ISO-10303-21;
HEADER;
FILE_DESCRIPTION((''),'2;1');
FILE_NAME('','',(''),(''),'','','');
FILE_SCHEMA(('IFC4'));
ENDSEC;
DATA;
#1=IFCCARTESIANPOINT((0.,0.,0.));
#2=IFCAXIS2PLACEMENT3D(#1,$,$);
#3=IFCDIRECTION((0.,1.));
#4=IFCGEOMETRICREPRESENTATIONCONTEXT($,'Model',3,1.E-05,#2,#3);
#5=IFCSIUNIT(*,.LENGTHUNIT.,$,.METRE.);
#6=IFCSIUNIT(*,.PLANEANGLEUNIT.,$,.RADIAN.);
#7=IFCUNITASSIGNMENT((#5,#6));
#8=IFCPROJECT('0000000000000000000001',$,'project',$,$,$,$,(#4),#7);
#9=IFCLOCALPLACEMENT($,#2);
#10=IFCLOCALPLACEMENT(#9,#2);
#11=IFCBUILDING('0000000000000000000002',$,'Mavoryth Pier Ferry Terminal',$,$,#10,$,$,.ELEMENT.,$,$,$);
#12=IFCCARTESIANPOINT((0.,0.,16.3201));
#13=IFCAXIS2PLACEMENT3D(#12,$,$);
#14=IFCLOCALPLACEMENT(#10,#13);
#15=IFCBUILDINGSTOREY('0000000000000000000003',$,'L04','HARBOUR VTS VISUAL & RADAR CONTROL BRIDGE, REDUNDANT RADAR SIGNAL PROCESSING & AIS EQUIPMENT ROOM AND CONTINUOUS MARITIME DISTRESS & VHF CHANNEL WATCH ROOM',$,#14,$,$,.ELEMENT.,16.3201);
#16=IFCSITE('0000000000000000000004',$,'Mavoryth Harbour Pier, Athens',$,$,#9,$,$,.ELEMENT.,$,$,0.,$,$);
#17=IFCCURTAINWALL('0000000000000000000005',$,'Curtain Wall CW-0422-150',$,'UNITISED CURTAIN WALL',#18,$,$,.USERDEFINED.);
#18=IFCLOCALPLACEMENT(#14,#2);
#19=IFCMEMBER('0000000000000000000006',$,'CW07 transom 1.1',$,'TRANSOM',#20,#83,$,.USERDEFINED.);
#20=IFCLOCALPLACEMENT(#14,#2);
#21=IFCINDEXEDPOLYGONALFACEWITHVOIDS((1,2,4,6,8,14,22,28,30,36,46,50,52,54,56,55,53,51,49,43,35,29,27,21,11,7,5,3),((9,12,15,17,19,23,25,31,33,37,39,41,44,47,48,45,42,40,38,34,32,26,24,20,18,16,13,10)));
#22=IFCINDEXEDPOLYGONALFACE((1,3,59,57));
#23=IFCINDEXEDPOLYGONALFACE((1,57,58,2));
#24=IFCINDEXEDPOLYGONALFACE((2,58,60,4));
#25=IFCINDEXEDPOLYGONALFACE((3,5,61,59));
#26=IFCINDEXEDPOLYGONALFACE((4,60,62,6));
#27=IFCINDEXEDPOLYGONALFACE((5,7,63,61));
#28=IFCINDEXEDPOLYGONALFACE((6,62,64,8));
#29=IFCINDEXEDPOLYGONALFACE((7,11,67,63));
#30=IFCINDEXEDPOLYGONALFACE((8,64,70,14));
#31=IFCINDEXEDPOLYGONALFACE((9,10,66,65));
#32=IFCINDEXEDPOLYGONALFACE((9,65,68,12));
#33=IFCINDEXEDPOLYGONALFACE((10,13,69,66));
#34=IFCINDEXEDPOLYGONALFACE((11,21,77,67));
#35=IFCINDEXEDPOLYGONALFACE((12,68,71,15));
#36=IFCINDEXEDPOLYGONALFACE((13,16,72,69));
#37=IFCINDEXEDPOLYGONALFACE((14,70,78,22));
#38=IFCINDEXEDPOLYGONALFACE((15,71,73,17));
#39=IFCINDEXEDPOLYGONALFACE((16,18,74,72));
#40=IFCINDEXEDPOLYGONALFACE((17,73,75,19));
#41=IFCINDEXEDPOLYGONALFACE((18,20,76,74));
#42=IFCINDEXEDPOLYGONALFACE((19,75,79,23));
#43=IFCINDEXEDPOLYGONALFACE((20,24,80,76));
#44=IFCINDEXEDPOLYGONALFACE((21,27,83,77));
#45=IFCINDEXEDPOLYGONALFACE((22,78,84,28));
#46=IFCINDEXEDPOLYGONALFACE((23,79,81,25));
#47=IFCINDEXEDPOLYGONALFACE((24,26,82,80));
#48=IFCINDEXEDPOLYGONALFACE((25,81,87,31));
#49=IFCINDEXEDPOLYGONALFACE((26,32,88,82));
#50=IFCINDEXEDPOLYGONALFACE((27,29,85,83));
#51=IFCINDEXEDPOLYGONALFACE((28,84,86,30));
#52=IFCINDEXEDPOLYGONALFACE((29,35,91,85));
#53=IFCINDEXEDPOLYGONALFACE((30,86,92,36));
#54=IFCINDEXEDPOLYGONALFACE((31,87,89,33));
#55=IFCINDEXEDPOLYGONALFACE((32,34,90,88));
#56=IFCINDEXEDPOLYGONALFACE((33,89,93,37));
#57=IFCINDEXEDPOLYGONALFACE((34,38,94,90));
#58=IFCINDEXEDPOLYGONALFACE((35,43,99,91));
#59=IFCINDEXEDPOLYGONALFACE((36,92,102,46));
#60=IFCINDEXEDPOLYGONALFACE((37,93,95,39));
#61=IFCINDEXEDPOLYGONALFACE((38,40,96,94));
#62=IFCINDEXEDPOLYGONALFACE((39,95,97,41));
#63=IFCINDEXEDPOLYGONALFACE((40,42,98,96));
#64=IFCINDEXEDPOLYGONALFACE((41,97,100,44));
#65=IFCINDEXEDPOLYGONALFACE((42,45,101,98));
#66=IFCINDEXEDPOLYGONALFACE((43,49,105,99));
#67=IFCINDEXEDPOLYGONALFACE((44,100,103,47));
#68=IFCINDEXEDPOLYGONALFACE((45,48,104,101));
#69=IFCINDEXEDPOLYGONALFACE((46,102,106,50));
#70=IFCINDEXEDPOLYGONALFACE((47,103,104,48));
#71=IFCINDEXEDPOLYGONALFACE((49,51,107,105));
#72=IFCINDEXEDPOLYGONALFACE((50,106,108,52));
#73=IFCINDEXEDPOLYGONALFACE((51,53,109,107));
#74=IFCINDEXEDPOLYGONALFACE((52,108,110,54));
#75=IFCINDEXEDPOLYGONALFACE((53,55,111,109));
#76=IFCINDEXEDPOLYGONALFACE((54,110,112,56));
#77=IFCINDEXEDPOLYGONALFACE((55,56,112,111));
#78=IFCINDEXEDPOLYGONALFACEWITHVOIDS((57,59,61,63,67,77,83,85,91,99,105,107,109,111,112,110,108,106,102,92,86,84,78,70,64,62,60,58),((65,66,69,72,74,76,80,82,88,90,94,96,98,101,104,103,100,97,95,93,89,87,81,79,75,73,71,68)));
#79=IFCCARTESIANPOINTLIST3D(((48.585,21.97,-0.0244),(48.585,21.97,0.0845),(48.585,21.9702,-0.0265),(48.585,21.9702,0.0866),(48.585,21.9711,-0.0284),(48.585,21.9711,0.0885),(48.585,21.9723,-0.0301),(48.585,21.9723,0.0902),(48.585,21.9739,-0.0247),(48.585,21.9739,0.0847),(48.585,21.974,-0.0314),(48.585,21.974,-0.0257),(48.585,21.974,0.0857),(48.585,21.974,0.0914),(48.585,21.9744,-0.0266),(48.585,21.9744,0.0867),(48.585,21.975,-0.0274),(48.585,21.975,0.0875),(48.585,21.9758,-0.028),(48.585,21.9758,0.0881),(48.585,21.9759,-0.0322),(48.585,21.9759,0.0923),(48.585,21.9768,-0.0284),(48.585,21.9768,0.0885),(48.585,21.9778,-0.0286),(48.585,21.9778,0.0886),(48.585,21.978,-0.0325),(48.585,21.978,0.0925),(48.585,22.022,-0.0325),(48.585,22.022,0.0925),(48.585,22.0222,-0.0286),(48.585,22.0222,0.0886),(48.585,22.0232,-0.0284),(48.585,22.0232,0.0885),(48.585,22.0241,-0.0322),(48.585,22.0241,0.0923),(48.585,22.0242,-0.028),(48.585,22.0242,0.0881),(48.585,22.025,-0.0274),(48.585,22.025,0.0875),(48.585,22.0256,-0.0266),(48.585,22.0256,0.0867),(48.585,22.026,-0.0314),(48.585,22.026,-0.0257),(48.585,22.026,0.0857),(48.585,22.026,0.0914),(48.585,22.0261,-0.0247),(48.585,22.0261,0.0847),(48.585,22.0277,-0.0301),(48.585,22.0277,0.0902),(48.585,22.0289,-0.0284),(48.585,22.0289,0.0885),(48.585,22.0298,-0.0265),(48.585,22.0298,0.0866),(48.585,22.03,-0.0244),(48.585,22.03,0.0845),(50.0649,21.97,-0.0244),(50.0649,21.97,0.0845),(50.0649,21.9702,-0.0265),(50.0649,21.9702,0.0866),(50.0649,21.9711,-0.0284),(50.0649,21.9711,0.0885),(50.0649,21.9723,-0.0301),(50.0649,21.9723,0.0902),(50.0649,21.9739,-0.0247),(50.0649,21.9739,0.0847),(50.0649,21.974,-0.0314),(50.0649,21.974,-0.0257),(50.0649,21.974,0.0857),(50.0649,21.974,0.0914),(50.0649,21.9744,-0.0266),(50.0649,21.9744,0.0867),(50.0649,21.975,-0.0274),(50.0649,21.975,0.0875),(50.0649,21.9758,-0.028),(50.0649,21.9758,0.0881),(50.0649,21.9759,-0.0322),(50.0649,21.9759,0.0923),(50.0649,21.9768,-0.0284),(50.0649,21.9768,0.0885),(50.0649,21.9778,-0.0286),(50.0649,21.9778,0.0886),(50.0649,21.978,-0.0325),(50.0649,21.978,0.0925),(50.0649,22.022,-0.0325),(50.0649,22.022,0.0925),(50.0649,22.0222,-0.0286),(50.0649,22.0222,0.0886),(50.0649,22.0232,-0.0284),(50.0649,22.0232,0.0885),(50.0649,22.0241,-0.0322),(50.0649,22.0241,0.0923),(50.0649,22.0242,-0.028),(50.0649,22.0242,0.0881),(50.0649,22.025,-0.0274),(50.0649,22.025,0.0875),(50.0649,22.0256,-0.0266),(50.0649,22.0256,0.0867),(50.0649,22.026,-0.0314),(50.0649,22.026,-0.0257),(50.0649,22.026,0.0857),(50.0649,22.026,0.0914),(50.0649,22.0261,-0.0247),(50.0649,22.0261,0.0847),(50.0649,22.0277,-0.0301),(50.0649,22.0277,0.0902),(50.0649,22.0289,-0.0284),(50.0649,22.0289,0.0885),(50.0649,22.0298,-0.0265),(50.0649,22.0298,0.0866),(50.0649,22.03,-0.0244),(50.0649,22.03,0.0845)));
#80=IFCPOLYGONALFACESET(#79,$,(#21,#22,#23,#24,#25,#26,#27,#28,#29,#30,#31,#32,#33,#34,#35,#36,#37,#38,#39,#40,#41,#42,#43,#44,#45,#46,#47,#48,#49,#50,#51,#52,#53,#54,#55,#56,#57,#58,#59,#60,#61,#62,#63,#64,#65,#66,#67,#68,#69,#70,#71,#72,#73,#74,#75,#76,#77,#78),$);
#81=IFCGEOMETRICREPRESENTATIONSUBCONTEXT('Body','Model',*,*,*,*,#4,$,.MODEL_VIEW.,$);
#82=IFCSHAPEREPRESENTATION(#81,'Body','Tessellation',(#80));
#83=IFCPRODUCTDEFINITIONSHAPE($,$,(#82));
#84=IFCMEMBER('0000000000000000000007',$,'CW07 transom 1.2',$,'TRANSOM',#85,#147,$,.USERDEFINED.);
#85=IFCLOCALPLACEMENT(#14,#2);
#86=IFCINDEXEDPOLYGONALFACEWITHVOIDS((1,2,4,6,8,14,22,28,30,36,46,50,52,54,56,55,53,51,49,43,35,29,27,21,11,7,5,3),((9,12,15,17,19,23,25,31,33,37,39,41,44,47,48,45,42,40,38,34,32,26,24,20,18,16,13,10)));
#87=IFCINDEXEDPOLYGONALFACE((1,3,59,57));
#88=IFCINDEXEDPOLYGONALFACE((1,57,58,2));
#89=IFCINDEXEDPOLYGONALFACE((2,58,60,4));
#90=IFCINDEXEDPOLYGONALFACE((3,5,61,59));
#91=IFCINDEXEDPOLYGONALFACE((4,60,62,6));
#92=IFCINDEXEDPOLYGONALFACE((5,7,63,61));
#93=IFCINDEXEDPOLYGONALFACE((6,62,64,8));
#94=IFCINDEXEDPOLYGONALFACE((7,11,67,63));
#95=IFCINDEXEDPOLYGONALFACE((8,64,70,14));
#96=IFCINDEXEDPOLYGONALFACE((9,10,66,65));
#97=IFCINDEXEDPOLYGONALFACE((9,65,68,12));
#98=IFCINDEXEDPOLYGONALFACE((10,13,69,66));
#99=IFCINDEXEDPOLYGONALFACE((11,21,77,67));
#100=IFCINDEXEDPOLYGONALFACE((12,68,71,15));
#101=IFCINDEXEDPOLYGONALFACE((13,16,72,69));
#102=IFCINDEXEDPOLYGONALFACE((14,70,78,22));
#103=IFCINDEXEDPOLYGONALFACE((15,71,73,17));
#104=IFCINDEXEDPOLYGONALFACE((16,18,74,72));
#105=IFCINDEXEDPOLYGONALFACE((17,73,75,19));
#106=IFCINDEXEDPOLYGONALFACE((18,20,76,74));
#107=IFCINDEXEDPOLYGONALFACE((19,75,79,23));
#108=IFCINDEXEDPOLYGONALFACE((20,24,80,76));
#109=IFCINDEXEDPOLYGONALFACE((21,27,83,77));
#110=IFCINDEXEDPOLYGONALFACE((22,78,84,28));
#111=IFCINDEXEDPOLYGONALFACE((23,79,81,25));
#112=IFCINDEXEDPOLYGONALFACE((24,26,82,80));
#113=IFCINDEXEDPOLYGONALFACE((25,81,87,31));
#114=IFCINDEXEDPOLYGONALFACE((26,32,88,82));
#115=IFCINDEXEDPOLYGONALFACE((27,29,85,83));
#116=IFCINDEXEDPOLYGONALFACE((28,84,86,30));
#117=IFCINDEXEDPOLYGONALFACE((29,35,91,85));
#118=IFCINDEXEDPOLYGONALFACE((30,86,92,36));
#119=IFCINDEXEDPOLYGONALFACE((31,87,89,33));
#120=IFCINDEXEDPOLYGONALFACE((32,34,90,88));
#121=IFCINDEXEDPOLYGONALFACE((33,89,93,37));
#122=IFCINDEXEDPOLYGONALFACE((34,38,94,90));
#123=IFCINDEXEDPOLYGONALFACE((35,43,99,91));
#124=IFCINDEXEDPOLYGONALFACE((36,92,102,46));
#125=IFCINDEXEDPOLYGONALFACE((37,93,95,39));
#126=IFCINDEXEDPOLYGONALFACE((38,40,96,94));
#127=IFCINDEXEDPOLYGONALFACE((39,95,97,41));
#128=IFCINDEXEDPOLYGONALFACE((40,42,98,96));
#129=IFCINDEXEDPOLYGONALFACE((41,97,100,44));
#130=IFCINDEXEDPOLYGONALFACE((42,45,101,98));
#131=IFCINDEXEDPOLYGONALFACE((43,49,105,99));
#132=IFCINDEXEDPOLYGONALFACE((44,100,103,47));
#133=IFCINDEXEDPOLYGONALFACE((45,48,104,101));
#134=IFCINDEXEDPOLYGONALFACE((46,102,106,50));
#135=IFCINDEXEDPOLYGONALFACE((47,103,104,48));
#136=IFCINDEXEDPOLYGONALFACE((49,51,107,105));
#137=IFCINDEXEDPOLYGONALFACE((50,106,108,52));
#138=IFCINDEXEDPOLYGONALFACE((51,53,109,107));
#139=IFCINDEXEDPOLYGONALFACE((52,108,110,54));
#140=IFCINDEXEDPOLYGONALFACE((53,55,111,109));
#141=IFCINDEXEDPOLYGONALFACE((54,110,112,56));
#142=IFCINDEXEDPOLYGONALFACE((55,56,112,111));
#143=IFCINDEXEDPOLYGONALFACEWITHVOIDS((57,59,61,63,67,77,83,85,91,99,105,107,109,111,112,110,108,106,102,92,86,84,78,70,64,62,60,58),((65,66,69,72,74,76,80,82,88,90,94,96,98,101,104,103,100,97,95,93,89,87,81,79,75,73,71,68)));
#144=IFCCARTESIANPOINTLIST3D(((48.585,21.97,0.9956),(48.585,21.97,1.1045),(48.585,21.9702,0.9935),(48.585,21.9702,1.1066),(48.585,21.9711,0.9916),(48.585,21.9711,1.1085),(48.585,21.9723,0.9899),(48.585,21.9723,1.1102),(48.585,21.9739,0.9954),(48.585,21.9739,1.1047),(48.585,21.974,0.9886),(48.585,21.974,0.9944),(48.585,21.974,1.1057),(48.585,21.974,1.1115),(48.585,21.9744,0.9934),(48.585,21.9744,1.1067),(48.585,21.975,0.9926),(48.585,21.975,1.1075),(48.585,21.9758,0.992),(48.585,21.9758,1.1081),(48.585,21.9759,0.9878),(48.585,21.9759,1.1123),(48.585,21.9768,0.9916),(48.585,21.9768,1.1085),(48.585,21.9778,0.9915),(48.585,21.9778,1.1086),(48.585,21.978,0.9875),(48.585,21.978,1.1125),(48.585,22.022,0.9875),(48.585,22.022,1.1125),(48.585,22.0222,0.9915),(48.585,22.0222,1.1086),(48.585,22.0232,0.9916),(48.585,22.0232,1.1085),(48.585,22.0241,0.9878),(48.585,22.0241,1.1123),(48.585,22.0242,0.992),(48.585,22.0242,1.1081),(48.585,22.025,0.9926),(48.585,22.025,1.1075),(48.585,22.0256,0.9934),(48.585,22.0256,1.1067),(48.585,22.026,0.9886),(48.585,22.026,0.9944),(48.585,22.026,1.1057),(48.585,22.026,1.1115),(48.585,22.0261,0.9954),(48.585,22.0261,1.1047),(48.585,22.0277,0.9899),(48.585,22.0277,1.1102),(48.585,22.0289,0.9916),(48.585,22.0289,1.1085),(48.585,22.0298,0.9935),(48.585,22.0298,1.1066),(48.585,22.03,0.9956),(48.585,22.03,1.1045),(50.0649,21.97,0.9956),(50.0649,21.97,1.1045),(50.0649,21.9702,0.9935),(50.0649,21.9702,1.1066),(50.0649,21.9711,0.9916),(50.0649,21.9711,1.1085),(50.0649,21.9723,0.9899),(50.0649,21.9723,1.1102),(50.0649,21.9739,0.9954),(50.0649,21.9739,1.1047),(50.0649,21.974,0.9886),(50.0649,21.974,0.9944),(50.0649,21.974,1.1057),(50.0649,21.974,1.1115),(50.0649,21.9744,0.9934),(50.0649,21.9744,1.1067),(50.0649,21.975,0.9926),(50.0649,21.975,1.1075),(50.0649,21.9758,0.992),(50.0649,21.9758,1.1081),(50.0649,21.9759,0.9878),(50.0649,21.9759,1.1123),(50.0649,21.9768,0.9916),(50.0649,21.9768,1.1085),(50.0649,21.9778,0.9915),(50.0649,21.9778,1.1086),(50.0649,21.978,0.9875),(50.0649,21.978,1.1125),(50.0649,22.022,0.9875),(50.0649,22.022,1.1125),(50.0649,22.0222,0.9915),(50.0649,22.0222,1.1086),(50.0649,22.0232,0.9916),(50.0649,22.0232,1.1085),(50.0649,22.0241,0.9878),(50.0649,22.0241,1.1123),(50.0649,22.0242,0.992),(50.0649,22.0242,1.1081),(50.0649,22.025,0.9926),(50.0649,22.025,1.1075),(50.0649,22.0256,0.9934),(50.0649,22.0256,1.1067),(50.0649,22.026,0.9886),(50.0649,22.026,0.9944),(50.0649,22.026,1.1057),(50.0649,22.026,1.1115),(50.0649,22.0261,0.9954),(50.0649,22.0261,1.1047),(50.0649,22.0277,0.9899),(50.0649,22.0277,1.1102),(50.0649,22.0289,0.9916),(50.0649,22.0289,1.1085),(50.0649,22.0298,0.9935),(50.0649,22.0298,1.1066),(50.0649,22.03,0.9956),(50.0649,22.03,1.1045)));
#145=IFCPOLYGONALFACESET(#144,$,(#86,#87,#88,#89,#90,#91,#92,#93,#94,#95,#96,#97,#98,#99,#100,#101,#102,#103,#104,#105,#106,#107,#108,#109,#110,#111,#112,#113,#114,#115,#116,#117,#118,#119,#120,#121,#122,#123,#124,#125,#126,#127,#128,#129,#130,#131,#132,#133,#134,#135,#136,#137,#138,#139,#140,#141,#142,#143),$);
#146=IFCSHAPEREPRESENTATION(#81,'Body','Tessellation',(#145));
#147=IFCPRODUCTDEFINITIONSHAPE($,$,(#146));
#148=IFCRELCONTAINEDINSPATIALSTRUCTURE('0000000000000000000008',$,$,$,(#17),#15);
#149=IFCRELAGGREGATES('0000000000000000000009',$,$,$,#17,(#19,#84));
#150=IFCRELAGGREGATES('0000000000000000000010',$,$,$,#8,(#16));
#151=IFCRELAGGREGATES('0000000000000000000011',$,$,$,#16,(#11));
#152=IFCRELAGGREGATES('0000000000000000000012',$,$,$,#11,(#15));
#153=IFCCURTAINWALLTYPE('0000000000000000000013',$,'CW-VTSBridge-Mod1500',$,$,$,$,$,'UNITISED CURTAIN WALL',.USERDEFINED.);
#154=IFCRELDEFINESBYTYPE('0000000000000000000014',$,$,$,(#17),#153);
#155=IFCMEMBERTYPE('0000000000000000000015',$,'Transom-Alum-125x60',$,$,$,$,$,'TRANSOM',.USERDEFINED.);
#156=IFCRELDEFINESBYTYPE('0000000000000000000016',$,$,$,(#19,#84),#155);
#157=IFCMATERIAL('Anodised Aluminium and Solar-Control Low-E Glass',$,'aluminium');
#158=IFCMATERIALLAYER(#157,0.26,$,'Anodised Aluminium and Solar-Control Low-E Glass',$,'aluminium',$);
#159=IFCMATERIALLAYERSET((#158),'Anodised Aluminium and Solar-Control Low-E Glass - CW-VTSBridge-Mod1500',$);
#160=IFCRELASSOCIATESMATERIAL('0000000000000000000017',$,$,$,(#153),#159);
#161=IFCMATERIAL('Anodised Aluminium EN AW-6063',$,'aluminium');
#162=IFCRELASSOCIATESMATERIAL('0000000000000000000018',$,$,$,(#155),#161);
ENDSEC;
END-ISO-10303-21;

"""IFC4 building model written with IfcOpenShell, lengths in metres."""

from ifc_helpers import new_model, si_unit, direction, frame, origin, origin_2d, place, context, subcontext, project, spatial, hollow_rectangle, extrude, material, layer, layer_set, material_profile, profile_set, type_object, element, aggregate, save


model = new_model("IFC4")

# Units and contexts
model_context = context("Model", 3, precision=1e-05, world=origin(), true_north=direction((0.0, 1.0)))
body_context = subcontext(model_context, "Body", "Model", "MODEL_VIEW")
ifc_project = project(units=[si_unit("LENGTHUNIT", "METRE"), si_unit("PLANEANGLEUNIT", "RADIAN")], contexts=[model_context])

# Site, building, storey
site_placement = place(None, origin())
site = spatial("IfcSite", under=ifc_project, at=site_placement, Name="Mavoryth Harbour Pier, Athens", CompositionType="ELEMENT", RefElevation=0.0)
building_placement = place(site_placement, origin())
building = spatial("IfcBuilding", under=site, at=building_placement, Name="Mavoryth Pier Ferry Terminal", CompositionType="ELEMENT")
storey_placement = place(building_placement, frame((0.0, 0.0, 16.3201)))
storey = spatial("IfcBuildingStorey", under=building, at=storey_placement, Name="L04", Description="HARBOUR VTS VISUAL & RADAR CONTROL BRIDGE, REDUNDANT RADAR SIGNAL PROCESSING & AIS EQUIPMENT ROOM AND CONTINUOUS MARITIME DISTRESS & VHF CHANNEL WATCH ROOM", CompositionType="ELEMENT", Elevation=16.3201)

# Curtain wall, members
ifc_material_1 = material(Name="Anodised Aluminium and Solar-Control Low-E Glass", Category="aluminium")
ifc_layer_1 = layer(ifc_material_1, 0.26, Name="Anodised Aluminium and Solar-Control Low-E Glass", Category="aluminium")
ifc_layer_set_1 = layer_set([ifc_layer_1], Name="Anodised Aluminium and Solar-Control Low-E Glass - CW-VTSBridge-Mod1500")
curtain_wall_type = type_object("IfcCurtainWallType", Name="CW-VTSBridge-Mod1500", ElementType="UNITISED CURTAIN WALL", PredefinedType="USERDEFINED", material=ifc_layer_set_1)
curtain_wall_placement = place(storey_placement, origin())
curtain_wall = element("IfcCurtainWall", 1, at=curtain_wall_placement, inside=storey, type_object=curtain_wall_type, Name="Curtain Wall CW-0422-150", ObjectType="UNITISED CURTAIN WALL", PredefinedType="USERDEFINED")
ifc_material_2 = material(Name="Anodised Aluminium EN AW-6063", Category="aluminium")
ifc_material_profile_1 = material_profile(ifc_material_2, hollow_rectangle(XDim=0.0601, YDim=0.125, WallThickness=0.0039, InnerFilletRadius=0.0039, OuterFilletRadius=0.0081, at=origin_2d()), Name="AL-TRAN 125x60x4", Category="aluminium")
ifc_profile_set_1 = profile_set([ifc_material_profile_1], Name="Anodised Aluminium EN AW-6063 - AL-TRAN 125x60x4")
member_type_1 = type_object("IfcMemberType", Name="Transom-Alum-125x60", ElementType="TRANSOM", PredefinedType="USERDEFINED", material=ifc_profile_set_1)
member_1_placement = place(storey_placement, frame((50.0649, 22.0, 0.03), z_axis=(-1.0, 0.0, 0.0), x_axis=(0.0, -1.0, 0.0)))
member_1 = element("IfcMember", 2, at=member_1_placement, type_object=member_type_1, Name="CW07 transom 1.1", ObjectType="TRANSOM", PredefinedType="USERDEFINED", context=body_context, shape_type="SweptSolid", body=[
    extrude(hollow_rectangle(XDim=0.0601, YDim=0.125, WallThickness=0.0039, InnerFilletRadius=0.0039, OuterFilletRadius=0.0081, at=origin_2d()), origin(), (0.0, 0.0, 1.0), 1.48),
])
member_2_placement = place(storey_placement, frame((50.0649, 22.0, 1.05), z_axis=(-1.0, 0.0, 0.0), x_axis=(0.0, -1.0, 0.0)))
member_2 = element("IfcMember", 3, at=member_2_placement, type_object=member_type_1, Name="CW07 transom 1.2", ObjectType="TRANSOM", PredefinedType="USERDEFINED", context=body_context, shape_type="SweptSolid", body=[
    extrude(hollow_rectangle(XDim=0.0601, YDim=0.125, WallThickness=0.0039, InnerFilletRadius=0.0039, OuterFilletRadius=0.0081, at=origin_2d()), origin(), (0.0, 0.0, 1.0), 1.48),
])
aggregate(curtain_wall, [member_1, member_2])

save(model, "model.ifc")
